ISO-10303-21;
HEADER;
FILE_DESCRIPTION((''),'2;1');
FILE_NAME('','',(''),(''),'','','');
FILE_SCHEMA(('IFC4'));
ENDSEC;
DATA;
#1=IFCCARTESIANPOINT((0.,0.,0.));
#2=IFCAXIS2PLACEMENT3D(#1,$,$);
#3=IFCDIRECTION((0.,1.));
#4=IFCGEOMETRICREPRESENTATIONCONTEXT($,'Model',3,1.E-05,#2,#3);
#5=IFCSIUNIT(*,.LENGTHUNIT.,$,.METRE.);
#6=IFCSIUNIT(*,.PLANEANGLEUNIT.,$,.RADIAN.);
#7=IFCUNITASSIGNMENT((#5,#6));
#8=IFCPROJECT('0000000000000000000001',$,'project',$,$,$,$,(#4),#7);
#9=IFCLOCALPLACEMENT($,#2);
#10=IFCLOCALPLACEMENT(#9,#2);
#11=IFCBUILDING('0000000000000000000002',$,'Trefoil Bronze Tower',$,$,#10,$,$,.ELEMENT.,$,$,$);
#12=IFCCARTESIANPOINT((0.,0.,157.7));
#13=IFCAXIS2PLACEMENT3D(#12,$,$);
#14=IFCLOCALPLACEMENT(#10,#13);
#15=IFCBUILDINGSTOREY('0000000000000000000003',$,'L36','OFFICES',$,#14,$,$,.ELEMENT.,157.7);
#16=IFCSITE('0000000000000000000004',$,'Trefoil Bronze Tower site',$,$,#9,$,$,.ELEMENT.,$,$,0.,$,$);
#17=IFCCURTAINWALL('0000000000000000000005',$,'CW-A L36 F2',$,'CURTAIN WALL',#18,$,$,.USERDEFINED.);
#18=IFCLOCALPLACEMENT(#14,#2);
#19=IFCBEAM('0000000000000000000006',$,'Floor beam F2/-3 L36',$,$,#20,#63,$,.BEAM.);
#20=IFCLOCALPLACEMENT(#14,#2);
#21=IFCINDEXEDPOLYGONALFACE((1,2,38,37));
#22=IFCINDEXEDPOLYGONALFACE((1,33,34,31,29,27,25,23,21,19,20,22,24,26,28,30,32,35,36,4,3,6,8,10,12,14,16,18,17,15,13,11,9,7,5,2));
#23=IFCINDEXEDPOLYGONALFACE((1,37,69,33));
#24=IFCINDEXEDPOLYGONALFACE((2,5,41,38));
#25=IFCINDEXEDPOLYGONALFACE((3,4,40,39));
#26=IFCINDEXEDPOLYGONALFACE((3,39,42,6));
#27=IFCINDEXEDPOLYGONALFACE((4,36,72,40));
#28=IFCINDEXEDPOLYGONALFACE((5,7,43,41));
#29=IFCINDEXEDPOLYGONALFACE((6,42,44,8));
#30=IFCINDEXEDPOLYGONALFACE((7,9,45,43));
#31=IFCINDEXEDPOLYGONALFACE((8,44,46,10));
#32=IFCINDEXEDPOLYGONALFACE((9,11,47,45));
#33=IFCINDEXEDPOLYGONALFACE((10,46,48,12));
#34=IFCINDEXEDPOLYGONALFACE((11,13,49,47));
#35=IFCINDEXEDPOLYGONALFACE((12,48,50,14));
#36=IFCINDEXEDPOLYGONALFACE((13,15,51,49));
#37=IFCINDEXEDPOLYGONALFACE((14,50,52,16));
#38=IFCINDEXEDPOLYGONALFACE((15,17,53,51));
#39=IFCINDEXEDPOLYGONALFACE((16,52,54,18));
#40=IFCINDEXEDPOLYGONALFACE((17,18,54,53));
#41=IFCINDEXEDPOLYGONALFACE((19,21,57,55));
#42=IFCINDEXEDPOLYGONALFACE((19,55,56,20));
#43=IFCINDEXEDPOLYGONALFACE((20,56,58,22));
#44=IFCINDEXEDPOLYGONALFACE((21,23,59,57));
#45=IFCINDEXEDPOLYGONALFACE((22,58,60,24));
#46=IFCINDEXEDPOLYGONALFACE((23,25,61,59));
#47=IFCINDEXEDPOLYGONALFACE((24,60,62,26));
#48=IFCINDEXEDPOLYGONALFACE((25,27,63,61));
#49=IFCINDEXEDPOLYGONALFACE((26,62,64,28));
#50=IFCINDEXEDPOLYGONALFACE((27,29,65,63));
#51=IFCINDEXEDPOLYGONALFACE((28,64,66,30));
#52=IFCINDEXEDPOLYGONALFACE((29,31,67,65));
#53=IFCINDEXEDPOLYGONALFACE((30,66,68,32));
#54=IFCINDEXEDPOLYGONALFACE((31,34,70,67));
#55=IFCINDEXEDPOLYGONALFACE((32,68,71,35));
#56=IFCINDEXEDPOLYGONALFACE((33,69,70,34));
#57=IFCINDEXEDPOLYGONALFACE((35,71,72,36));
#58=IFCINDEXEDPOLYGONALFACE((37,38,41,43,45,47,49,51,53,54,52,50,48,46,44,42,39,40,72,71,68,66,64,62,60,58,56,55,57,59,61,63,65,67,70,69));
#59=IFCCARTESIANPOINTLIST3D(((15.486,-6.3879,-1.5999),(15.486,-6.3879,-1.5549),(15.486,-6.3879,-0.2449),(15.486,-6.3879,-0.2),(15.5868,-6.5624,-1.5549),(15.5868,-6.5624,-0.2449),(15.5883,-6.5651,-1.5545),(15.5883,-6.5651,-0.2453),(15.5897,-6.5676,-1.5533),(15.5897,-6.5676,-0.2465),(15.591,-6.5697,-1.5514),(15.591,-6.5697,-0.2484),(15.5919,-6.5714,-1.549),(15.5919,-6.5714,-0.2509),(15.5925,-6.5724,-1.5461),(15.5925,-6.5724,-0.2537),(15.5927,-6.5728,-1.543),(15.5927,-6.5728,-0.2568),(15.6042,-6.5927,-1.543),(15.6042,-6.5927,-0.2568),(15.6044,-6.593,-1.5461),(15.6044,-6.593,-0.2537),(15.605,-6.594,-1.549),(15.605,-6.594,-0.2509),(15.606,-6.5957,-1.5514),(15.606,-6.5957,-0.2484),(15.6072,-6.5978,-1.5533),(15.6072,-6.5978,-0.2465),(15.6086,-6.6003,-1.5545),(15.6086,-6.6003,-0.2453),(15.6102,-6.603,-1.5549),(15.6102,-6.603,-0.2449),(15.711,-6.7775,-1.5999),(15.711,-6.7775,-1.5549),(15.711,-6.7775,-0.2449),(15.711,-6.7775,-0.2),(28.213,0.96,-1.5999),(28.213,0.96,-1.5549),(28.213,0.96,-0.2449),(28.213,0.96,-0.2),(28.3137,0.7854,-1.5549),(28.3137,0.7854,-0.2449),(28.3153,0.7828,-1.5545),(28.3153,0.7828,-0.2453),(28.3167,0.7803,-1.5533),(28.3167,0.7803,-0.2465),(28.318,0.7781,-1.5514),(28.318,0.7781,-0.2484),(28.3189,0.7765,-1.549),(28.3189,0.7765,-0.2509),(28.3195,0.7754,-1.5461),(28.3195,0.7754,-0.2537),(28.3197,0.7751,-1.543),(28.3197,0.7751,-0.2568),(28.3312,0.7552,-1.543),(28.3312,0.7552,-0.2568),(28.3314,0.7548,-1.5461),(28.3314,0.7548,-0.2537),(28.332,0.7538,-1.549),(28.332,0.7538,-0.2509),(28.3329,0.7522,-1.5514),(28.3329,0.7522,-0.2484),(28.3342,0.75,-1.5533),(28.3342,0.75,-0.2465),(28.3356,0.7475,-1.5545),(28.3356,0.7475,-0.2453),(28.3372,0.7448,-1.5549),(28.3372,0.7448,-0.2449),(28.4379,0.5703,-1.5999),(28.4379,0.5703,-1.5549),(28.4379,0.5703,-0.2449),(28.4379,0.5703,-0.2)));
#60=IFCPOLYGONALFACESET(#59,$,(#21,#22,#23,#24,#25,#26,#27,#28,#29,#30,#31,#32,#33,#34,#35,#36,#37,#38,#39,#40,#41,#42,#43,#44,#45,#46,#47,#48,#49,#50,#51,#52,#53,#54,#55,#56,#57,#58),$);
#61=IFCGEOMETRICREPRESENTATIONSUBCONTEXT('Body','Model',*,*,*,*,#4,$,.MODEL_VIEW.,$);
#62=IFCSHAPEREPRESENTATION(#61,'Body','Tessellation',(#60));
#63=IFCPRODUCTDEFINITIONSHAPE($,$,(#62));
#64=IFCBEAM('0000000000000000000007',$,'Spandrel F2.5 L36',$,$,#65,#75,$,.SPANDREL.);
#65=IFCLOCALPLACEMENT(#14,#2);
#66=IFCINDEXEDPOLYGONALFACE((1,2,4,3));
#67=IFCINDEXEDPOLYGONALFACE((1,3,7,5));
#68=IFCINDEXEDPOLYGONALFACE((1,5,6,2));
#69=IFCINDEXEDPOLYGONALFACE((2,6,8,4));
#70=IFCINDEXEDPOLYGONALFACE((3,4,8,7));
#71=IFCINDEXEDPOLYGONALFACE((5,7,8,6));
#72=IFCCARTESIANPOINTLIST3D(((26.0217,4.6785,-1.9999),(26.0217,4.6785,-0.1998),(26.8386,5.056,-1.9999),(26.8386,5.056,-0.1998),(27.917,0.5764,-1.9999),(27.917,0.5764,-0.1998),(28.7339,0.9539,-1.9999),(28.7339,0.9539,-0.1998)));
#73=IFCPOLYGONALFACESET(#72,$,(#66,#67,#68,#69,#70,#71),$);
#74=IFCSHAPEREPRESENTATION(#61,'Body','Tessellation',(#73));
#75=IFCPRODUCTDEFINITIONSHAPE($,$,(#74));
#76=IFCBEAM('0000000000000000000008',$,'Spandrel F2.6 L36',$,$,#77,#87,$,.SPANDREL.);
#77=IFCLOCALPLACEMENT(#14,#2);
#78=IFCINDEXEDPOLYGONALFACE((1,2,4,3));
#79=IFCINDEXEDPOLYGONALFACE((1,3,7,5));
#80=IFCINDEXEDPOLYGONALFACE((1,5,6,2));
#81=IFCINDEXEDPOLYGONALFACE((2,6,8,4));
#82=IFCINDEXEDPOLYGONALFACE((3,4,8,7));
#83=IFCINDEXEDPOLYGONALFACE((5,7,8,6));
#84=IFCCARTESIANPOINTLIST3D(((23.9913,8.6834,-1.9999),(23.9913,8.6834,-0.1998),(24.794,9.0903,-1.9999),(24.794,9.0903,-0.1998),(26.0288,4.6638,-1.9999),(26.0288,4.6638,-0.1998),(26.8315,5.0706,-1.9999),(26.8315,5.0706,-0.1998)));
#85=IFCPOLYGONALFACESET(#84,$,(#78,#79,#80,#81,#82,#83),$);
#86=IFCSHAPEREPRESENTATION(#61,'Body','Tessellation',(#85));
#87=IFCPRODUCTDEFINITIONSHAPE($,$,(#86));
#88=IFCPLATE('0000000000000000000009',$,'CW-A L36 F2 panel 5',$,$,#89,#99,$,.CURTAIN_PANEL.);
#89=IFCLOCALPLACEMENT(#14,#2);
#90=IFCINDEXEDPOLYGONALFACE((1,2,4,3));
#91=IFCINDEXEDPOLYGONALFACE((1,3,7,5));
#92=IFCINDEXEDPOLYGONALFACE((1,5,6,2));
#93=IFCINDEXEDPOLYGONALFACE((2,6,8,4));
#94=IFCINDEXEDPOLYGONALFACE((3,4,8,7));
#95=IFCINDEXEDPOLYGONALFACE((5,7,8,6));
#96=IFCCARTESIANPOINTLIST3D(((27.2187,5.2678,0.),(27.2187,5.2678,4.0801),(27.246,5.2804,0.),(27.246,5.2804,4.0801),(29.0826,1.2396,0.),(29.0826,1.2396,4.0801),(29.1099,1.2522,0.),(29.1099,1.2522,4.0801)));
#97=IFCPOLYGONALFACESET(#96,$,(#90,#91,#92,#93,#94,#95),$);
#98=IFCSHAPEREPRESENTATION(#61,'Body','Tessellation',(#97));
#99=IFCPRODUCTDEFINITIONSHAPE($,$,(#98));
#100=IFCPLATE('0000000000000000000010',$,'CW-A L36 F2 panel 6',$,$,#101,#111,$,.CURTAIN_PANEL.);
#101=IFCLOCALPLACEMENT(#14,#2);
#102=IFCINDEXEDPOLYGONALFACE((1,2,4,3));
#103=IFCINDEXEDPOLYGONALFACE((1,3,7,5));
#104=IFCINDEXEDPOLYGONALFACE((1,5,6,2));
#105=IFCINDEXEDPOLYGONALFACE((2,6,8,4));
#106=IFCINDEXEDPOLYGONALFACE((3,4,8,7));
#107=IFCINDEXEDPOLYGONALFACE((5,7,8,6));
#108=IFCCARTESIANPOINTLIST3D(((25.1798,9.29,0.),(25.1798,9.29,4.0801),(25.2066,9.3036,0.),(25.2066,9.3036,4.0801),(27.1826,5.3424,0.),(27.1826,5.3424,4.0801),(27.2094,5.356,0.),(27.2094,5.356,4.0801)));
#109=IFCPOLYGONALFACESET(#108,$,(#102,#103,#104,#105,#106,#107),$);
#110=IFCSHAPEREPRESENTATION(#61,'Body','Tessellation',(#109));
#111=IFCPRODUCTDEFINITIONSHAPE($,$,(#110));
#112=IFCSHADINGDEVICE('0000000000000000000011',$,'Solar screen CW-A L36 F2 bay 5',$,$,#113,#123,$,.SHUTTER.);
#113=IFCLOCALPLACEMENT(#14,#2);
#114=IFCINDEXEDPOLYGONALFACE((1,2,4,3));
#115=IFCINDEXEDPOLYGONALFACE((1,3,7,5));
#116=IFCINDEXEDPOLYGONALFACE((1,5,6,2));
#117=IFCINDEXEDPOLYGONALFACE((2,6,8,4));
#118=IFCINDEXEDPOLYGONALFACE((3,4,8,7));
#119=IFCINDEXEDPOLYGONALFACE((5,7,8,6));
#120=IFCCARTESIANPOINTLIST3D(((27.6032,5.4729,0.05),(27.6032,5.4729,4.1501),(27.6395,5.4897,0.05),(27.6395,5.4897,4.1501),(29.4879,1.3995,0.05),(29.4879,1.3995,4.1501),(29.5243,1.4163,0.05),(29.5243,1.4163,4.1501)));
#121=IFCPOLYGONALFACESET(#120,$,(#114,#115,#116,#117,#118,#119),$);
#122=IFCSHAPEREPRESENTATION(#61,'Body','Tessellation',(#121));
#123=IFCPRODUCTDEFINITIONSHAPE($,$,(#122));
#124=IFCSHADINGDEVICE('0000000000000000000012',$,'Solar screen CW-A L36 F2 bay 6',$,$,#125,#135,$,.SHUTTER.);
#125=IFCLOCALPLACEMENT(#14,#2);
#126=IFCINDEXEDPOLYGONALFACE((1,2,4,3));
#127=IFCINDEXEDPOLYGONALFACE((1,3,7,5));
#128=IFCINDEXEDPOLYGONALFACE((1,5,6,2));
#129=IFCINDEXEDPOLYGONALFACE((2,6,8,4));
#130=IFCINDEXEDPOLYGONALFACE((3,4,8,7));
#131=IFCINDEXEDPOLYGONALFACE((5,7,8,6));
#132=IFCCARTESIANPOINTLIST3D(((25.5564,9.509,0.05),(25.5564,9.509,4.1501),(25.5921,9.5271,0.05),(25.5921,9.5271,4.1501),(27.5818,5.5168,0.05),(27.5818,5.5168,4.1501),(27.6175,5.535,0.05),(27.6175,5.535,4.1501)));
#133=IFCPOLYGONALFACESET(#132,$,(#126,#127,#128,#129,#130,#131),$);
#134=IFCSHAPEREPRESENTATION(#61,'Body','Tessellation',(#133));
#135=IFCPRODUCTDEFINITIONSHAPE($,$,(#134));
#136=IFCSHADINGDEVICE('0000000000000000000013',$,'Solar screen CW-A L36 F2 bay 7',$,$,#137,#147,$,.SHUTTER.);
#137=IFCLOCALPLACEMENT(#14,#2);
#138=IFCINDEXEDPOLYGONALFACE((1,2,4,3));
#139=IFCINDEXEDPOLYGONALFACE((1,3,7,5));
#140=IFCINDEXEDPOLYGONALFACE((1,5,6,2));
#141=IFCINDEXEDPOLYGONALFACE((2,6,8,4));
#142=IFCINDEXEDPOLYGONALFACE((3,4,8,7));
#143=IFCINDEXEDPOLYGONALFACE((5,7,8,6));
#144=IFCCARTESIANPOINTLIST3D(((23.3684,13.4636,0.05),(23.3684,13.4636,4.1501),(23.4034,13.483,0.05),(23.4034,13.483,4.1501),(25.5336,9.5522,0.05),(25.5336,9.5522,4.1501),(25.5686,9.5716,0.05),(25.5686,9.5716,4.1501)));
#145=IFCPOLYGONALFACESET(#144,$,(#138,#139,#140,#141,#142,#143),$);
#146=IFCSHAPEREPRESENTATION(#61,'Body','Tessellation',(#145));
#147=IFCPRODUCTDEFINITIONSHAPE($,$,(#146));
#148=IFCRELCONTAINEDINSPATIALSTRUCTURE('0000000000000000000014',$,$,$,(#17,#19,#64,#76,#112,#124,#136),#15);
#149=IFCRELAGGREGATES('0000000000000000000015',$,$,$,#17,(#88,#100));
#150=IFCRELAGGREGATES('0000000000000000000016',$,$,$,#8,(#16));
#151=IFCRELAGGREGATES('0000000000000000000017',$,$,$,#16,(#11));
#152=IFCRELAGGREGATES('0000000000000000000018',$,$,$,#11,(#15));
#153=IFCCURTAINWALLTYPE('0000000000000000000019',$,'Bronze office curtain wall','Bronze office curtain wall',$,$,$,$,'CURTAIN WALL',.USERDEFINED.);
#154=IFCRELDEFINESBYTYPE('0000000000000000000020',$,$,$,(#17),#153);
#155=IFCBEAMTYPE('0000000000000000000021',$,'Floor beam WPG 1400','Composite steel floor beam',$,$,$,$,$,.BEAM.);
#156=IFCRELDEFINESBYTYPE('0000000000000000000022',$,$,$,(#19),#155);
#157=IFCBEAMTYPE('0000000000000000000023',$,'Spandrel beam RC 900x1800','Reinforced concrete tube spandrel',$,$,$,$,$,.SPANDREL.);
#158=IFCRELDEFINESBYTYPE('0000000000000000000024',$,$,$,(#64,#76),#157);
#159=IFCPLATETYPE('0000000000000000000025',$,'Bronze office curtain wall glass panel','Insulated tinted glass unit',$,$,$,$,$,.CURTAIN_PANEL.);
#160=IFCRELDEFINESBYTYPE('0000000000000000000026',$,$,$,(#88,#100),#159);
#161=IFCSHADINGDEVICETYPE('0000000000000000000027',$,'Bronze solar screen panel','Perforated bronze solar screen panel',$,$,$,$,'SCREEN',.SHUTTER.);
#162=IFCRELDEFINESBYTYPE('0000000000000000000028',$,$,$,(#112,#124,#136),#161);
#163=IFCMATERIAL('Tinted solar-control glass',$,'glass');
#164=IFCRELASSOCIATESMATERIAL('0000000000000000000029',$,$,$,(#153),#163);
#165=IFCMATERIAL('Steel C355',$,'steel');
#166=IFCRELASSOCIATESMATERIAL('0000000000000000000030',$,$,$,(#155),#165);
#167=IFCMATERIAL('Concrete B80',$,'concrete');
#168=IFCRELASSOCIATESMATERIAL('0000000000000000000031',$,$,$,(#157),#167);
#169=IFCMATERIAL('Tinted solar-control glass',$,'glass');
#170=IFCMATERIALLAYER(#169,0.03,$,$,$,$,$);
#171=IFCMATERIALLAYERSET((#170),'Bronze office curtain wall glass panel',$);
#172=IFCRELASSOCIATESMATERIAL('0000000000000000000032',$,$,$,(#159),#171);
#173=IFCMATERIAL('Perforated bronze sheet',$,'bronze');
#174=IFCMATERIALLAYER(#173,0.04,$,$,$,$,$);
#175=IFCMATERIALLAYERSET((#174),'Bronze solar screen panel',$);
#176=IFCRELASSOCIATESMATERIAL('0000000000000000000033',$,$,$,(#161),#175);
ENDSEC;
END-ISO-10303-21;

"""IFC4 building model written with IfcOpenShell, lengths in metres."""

from ifc_helpers import new_model, si_unit, direction, frame, origin, origin_2d, place, context, subcontext, project, spatial, rectangle, i_section, extrude, material, layer, layer_set, material_profile, profile_set, type_object, element, aggregate, save


model = new_model("IFC4")

# Units and contexts
model_context = context("Model", 3, precision=1e-05, world=origin(), true_north=direction((0.0, 1.0)))
body_context = subcontext(model_context, "Body", "Model", "MODEL_VIEW")
ifc_project = project(units=[si_unit("LENGTHUNIT", "METRE"), si_unit("PLANEANGLEUNIT", "RADIAN")], contexts=[model_context])

# Site, building, storey
site_placement = place(None, origin())
site = spatial("IfcSite", under=ifc_project, at=site_placement, Name="Trefoil Bronze Tower site", CompositionType="ELEMENT", RefElevation=0.0)
building_placement = place(site_placement, origin())
building = spatial("IfcBuilding", under=site, at=building_placement, Name="Trefoil Bronze Tower", CompositionType="ELEMENT")
storey_placement = place(building_placement, frame((0.0, 0.0, 157.7)))
storey = spatial("IfcBuildingStorey", under=building, at=storey_placement, Name="L36", Description="OFFICES", CompositionType="ELEMENT", Elevation=157.7)

# Curtain wall
ifc_material_1 = material(Name="Tinted solar-control glass", Category="glass")
curtain_wall_type = type_object("IfcCurtainWallType", Name="Bronze office curtain wall", Description="Bronze office curtain wall", ElementType="CURTAIN WALL", PredefinedType="USERDEFINED", material=ifc_material_1)
curtain_wall_placement = place(storey_placement, origin())
curtain_wall = element("IfcCurtainWall", 1, at=curtain_wall_placement, inside=storey, type_object=curtain_wall_type, Name="CW-A L36 F2", ObjectType="CURTAIN WALL", PredefinedType="USERDEFINED")

# Beams
ifc_material_2 = material(Name="Steel C355", Category="steel")
ifc_material_profile_1 = material_profile(ifc_material_2, i_section(OverallWidth=0.45, OverallDepth=1.3999, WebThickness=0.0229, FlangeThickness=0.0449, FilletRadius=0.012, at=origin_2d()), Name="WPG 1400")
ifc_profile_set_1 = profile_set([ifc_material_profile_1], Name="Steel C355")
beam_type_1 = type_object("IfcBeamType", Name="Floor beam WPG 1400", Description="Composite steel floor beam", PredefinedType="BEAM", material=ifc_profile_set_1)
beam_1_placement = place(storey_placement, frame((28.3254, 0.7651, -0.8999), z_axis=(-0.866027, -0.499997, 0.0), x_axis=(0.499997, -0.866027, 0.0)))
element("IfcBeam", 2, at=beam_1_placement, inside=storey, type_object=beam_type_1, Name="Floor beam F2/-3 L36", PredefinedType="BEAM", context=body_context, shape_type="SweptSolid", body=[
    extrude(i_section(OverallWidth=0.45, OverallDepth=1.3999, WebThickness=0.0229, FlangeThickness=0.0449, FilletRadius=0.012, at=origin_2d()), origin(), (0.0, 0.0, 1.0), 14.6958),
])
ifc_material_3 = material(Name="Concrete B80", Category="concrete")
ifc_material_profile_2 = material_profile(ifc_material_3, rectangle(XDim=0.8999, YDim=1.8, at=origin_2d()), Name="RC 900x1800")
ifc_profile_set_2 = profile_set([ifc_material_profile_2], Name="Concrete B80")
beam_type_2 = type_object("IfcBeamType", Name="Spandrel beam RC 900x1800", Description="Reinforced concrete tube spandrel", PredefinedType="SPANDREL", material=ifc_profile_set_2)
beam_2_placement = place(storey_placement, frame((28.3254, 0.7651, -1.0999), z_axis=(-0.419425, 0.90779, 0.0), x_axis=(-0.90779, -0.419425, 0.0)))
element("IfcBeam", 3, at=beam_2_placement, inside=storey, type_object=beam_type_2, Name="Spandrel F2.5 L36", PredefinedType="SPANDREL", context=body_context, shape_type="SweptSolid", body=[
    extrude(rectangle(XDim=0.8999, YDim=1.8, at=origin_2d()), origin(), (0.0, 0.0, 1.0), 4.5188),
])
beam_3_placement = place(storey_placement, frame((26.4302, 4.8672, -1.0999), z_axis=(-0.452126, 0.891954, 0.0), x_axis=(-0.891954, -0.452126, 0.0)))
element("IfcBeam", 4, at=beam_3_placement, inside=storey, type_object=beam_type_2, Name="Spandrel F2.6 L36", PredefinedType="SPANDREL", context=body_context, shape_type="SweptSolid", body=[
    extrude(rectangle(XDim=0.8999, YDim=1.8, at=origin_2d()), origin(), (0.0, 0.0, 1.0), 4.5066),
])

# Plates
ifc_material_4 = material(Name="Tinted solar-control glass", Category="glass")
ifc_layer_1 = layer(ifc_material_4, 0.03)
ifc_layer_set_1 = layer_set([ifc_layer_1], Name="Bronze office curtain wall glass panel")
plate_type = type_object("IfcPlateType", Name="Bronze office curtain wall glass panel", Description="Insulated tinted glass unit", PredefinedType="CURTAIN_PANEL", material=ifc_layer_set_1)
plate_1_placement = place(storey_placement, frame((28.1643, 3.26, 0.0), z_axis=(0.0, 0.0, 1.0), x_axis=(-0.419933, 0.907555, 0.0)))
plate_1 = element("IfcPlate", 5, at=plate_1_placement, type_object=plate_type, Name="CW-A L36 F2 panel 5", PredefinedType="CURTAIN_PANEL", context=body_context, shape_type="SweptSolid", body=[
    extrude(rectangle(XDim=4.4385, YDim=0.03, at=origin_2d()), origin(), (0.0, 0.0, 1.0), 4.0801),
])
plate_2_placement = place(storey_placement, frame((26.1946, 7.323, 0.0), z_axis=(0.0, 0.0, 1.0), x_axis=(-0.452449, 0.89179, 0.0)))
plate_2 = element("IfcPlate", 6, at=plate_2_placement, type_object=plate_type, Name="CW-A L36 F2 panel 6", PredefinedType="CURTAIN_PANEL", context=body_context, shape_type="SweptSolid", body=[
    extrude(rectangle(XDim=4.4265, YDim=0.03, at=origin_2d()), origin(), (0.0, 0.0, 1.0), 4.0801),
])
aggregate(curtain_wall, [plate_1, plate_2])

# Shading devices
ifc_material_5 = material(Name="Perforated bronze sheet", Category="bronze")
ifc_layer_2 = layer(ifc_material_5, 0.04)
ifc_layer_set_2 = layer_set([ifc_layer_2], Name="Bronze solar screen panel")
shading_device_type = type_object("IfcShadingDeviceType", Name="Bronze solar screen panel", Description="Perforated bronze solar screen panel", ElementType="SCREEN", PredefinedType="SHUTTER", material=ifc_layer_set_2)
shading_device_1_placement = place(storey_placement, frame((28.5637, 3.4446, 0.05), z_axis=(0.0, 0.0, 1.0), x_axis=(-0.419933, 0.907555, 0.0)))
element("IfcShadingDevice", 7, at=shading_device_1_placement, inside=storey, type_object=shading_device_type, Name="Solar screen CW-A L36 F2 bay 5", PredefinedType="SHUTTER", context=body_context, shape_type="SweptSolid", body=[
    extrude(rectangle(XDim=4.4883, YDim=0.04, at=origin_2d()), origin(), (0.0, 0.0, 1.0), 4.1001),
])
shading_device_2_placement = place(storey_placement, frame((26.5869, 7.522, 0.05), z_axis=(0.0, 0.0, 1.0), x_axis=(-0.452449, 0.89179, 0.0)))
element("IfcShadingDevice", 8, at=shading_device_2_placement, inside=storey, type_object=shading_device_type, Name="Solar screen CW-A L36 F2 bay 6", PredefinedType="SHUTTER", context=body_context, shape_type="SweptSolid", body=[
    extrude(rectangle(XDim=4.4766, YDim=0.04, at=origin_2d()), origin(), (0.0, 0.0, 1.0), 4.1001),
])
shading_device_3_placement = place(storey_placement, frame((24.4685, 11.5176, 0.05), z_axis=(0.0, 0.0, 1.0), x_axis=(-0.484312, 0.874895, 0.0)))
element("IfcShadingDevice", 9, at=shading_device_3_placement, inside=storey, type_object=shading_device_type, Name="Solar screen CW-A L36 F2 bay 7", PredefinedType="SHUTTER", context=body_context, shape_type="SweptSolid", body=[
    extrude(rectangle(XDim=4.4707, YDim=0.04, at=origin_2d()), origin(), (0.0, 0.0, 1.0), 4.1001),
])

save(model, "model.ifc")
